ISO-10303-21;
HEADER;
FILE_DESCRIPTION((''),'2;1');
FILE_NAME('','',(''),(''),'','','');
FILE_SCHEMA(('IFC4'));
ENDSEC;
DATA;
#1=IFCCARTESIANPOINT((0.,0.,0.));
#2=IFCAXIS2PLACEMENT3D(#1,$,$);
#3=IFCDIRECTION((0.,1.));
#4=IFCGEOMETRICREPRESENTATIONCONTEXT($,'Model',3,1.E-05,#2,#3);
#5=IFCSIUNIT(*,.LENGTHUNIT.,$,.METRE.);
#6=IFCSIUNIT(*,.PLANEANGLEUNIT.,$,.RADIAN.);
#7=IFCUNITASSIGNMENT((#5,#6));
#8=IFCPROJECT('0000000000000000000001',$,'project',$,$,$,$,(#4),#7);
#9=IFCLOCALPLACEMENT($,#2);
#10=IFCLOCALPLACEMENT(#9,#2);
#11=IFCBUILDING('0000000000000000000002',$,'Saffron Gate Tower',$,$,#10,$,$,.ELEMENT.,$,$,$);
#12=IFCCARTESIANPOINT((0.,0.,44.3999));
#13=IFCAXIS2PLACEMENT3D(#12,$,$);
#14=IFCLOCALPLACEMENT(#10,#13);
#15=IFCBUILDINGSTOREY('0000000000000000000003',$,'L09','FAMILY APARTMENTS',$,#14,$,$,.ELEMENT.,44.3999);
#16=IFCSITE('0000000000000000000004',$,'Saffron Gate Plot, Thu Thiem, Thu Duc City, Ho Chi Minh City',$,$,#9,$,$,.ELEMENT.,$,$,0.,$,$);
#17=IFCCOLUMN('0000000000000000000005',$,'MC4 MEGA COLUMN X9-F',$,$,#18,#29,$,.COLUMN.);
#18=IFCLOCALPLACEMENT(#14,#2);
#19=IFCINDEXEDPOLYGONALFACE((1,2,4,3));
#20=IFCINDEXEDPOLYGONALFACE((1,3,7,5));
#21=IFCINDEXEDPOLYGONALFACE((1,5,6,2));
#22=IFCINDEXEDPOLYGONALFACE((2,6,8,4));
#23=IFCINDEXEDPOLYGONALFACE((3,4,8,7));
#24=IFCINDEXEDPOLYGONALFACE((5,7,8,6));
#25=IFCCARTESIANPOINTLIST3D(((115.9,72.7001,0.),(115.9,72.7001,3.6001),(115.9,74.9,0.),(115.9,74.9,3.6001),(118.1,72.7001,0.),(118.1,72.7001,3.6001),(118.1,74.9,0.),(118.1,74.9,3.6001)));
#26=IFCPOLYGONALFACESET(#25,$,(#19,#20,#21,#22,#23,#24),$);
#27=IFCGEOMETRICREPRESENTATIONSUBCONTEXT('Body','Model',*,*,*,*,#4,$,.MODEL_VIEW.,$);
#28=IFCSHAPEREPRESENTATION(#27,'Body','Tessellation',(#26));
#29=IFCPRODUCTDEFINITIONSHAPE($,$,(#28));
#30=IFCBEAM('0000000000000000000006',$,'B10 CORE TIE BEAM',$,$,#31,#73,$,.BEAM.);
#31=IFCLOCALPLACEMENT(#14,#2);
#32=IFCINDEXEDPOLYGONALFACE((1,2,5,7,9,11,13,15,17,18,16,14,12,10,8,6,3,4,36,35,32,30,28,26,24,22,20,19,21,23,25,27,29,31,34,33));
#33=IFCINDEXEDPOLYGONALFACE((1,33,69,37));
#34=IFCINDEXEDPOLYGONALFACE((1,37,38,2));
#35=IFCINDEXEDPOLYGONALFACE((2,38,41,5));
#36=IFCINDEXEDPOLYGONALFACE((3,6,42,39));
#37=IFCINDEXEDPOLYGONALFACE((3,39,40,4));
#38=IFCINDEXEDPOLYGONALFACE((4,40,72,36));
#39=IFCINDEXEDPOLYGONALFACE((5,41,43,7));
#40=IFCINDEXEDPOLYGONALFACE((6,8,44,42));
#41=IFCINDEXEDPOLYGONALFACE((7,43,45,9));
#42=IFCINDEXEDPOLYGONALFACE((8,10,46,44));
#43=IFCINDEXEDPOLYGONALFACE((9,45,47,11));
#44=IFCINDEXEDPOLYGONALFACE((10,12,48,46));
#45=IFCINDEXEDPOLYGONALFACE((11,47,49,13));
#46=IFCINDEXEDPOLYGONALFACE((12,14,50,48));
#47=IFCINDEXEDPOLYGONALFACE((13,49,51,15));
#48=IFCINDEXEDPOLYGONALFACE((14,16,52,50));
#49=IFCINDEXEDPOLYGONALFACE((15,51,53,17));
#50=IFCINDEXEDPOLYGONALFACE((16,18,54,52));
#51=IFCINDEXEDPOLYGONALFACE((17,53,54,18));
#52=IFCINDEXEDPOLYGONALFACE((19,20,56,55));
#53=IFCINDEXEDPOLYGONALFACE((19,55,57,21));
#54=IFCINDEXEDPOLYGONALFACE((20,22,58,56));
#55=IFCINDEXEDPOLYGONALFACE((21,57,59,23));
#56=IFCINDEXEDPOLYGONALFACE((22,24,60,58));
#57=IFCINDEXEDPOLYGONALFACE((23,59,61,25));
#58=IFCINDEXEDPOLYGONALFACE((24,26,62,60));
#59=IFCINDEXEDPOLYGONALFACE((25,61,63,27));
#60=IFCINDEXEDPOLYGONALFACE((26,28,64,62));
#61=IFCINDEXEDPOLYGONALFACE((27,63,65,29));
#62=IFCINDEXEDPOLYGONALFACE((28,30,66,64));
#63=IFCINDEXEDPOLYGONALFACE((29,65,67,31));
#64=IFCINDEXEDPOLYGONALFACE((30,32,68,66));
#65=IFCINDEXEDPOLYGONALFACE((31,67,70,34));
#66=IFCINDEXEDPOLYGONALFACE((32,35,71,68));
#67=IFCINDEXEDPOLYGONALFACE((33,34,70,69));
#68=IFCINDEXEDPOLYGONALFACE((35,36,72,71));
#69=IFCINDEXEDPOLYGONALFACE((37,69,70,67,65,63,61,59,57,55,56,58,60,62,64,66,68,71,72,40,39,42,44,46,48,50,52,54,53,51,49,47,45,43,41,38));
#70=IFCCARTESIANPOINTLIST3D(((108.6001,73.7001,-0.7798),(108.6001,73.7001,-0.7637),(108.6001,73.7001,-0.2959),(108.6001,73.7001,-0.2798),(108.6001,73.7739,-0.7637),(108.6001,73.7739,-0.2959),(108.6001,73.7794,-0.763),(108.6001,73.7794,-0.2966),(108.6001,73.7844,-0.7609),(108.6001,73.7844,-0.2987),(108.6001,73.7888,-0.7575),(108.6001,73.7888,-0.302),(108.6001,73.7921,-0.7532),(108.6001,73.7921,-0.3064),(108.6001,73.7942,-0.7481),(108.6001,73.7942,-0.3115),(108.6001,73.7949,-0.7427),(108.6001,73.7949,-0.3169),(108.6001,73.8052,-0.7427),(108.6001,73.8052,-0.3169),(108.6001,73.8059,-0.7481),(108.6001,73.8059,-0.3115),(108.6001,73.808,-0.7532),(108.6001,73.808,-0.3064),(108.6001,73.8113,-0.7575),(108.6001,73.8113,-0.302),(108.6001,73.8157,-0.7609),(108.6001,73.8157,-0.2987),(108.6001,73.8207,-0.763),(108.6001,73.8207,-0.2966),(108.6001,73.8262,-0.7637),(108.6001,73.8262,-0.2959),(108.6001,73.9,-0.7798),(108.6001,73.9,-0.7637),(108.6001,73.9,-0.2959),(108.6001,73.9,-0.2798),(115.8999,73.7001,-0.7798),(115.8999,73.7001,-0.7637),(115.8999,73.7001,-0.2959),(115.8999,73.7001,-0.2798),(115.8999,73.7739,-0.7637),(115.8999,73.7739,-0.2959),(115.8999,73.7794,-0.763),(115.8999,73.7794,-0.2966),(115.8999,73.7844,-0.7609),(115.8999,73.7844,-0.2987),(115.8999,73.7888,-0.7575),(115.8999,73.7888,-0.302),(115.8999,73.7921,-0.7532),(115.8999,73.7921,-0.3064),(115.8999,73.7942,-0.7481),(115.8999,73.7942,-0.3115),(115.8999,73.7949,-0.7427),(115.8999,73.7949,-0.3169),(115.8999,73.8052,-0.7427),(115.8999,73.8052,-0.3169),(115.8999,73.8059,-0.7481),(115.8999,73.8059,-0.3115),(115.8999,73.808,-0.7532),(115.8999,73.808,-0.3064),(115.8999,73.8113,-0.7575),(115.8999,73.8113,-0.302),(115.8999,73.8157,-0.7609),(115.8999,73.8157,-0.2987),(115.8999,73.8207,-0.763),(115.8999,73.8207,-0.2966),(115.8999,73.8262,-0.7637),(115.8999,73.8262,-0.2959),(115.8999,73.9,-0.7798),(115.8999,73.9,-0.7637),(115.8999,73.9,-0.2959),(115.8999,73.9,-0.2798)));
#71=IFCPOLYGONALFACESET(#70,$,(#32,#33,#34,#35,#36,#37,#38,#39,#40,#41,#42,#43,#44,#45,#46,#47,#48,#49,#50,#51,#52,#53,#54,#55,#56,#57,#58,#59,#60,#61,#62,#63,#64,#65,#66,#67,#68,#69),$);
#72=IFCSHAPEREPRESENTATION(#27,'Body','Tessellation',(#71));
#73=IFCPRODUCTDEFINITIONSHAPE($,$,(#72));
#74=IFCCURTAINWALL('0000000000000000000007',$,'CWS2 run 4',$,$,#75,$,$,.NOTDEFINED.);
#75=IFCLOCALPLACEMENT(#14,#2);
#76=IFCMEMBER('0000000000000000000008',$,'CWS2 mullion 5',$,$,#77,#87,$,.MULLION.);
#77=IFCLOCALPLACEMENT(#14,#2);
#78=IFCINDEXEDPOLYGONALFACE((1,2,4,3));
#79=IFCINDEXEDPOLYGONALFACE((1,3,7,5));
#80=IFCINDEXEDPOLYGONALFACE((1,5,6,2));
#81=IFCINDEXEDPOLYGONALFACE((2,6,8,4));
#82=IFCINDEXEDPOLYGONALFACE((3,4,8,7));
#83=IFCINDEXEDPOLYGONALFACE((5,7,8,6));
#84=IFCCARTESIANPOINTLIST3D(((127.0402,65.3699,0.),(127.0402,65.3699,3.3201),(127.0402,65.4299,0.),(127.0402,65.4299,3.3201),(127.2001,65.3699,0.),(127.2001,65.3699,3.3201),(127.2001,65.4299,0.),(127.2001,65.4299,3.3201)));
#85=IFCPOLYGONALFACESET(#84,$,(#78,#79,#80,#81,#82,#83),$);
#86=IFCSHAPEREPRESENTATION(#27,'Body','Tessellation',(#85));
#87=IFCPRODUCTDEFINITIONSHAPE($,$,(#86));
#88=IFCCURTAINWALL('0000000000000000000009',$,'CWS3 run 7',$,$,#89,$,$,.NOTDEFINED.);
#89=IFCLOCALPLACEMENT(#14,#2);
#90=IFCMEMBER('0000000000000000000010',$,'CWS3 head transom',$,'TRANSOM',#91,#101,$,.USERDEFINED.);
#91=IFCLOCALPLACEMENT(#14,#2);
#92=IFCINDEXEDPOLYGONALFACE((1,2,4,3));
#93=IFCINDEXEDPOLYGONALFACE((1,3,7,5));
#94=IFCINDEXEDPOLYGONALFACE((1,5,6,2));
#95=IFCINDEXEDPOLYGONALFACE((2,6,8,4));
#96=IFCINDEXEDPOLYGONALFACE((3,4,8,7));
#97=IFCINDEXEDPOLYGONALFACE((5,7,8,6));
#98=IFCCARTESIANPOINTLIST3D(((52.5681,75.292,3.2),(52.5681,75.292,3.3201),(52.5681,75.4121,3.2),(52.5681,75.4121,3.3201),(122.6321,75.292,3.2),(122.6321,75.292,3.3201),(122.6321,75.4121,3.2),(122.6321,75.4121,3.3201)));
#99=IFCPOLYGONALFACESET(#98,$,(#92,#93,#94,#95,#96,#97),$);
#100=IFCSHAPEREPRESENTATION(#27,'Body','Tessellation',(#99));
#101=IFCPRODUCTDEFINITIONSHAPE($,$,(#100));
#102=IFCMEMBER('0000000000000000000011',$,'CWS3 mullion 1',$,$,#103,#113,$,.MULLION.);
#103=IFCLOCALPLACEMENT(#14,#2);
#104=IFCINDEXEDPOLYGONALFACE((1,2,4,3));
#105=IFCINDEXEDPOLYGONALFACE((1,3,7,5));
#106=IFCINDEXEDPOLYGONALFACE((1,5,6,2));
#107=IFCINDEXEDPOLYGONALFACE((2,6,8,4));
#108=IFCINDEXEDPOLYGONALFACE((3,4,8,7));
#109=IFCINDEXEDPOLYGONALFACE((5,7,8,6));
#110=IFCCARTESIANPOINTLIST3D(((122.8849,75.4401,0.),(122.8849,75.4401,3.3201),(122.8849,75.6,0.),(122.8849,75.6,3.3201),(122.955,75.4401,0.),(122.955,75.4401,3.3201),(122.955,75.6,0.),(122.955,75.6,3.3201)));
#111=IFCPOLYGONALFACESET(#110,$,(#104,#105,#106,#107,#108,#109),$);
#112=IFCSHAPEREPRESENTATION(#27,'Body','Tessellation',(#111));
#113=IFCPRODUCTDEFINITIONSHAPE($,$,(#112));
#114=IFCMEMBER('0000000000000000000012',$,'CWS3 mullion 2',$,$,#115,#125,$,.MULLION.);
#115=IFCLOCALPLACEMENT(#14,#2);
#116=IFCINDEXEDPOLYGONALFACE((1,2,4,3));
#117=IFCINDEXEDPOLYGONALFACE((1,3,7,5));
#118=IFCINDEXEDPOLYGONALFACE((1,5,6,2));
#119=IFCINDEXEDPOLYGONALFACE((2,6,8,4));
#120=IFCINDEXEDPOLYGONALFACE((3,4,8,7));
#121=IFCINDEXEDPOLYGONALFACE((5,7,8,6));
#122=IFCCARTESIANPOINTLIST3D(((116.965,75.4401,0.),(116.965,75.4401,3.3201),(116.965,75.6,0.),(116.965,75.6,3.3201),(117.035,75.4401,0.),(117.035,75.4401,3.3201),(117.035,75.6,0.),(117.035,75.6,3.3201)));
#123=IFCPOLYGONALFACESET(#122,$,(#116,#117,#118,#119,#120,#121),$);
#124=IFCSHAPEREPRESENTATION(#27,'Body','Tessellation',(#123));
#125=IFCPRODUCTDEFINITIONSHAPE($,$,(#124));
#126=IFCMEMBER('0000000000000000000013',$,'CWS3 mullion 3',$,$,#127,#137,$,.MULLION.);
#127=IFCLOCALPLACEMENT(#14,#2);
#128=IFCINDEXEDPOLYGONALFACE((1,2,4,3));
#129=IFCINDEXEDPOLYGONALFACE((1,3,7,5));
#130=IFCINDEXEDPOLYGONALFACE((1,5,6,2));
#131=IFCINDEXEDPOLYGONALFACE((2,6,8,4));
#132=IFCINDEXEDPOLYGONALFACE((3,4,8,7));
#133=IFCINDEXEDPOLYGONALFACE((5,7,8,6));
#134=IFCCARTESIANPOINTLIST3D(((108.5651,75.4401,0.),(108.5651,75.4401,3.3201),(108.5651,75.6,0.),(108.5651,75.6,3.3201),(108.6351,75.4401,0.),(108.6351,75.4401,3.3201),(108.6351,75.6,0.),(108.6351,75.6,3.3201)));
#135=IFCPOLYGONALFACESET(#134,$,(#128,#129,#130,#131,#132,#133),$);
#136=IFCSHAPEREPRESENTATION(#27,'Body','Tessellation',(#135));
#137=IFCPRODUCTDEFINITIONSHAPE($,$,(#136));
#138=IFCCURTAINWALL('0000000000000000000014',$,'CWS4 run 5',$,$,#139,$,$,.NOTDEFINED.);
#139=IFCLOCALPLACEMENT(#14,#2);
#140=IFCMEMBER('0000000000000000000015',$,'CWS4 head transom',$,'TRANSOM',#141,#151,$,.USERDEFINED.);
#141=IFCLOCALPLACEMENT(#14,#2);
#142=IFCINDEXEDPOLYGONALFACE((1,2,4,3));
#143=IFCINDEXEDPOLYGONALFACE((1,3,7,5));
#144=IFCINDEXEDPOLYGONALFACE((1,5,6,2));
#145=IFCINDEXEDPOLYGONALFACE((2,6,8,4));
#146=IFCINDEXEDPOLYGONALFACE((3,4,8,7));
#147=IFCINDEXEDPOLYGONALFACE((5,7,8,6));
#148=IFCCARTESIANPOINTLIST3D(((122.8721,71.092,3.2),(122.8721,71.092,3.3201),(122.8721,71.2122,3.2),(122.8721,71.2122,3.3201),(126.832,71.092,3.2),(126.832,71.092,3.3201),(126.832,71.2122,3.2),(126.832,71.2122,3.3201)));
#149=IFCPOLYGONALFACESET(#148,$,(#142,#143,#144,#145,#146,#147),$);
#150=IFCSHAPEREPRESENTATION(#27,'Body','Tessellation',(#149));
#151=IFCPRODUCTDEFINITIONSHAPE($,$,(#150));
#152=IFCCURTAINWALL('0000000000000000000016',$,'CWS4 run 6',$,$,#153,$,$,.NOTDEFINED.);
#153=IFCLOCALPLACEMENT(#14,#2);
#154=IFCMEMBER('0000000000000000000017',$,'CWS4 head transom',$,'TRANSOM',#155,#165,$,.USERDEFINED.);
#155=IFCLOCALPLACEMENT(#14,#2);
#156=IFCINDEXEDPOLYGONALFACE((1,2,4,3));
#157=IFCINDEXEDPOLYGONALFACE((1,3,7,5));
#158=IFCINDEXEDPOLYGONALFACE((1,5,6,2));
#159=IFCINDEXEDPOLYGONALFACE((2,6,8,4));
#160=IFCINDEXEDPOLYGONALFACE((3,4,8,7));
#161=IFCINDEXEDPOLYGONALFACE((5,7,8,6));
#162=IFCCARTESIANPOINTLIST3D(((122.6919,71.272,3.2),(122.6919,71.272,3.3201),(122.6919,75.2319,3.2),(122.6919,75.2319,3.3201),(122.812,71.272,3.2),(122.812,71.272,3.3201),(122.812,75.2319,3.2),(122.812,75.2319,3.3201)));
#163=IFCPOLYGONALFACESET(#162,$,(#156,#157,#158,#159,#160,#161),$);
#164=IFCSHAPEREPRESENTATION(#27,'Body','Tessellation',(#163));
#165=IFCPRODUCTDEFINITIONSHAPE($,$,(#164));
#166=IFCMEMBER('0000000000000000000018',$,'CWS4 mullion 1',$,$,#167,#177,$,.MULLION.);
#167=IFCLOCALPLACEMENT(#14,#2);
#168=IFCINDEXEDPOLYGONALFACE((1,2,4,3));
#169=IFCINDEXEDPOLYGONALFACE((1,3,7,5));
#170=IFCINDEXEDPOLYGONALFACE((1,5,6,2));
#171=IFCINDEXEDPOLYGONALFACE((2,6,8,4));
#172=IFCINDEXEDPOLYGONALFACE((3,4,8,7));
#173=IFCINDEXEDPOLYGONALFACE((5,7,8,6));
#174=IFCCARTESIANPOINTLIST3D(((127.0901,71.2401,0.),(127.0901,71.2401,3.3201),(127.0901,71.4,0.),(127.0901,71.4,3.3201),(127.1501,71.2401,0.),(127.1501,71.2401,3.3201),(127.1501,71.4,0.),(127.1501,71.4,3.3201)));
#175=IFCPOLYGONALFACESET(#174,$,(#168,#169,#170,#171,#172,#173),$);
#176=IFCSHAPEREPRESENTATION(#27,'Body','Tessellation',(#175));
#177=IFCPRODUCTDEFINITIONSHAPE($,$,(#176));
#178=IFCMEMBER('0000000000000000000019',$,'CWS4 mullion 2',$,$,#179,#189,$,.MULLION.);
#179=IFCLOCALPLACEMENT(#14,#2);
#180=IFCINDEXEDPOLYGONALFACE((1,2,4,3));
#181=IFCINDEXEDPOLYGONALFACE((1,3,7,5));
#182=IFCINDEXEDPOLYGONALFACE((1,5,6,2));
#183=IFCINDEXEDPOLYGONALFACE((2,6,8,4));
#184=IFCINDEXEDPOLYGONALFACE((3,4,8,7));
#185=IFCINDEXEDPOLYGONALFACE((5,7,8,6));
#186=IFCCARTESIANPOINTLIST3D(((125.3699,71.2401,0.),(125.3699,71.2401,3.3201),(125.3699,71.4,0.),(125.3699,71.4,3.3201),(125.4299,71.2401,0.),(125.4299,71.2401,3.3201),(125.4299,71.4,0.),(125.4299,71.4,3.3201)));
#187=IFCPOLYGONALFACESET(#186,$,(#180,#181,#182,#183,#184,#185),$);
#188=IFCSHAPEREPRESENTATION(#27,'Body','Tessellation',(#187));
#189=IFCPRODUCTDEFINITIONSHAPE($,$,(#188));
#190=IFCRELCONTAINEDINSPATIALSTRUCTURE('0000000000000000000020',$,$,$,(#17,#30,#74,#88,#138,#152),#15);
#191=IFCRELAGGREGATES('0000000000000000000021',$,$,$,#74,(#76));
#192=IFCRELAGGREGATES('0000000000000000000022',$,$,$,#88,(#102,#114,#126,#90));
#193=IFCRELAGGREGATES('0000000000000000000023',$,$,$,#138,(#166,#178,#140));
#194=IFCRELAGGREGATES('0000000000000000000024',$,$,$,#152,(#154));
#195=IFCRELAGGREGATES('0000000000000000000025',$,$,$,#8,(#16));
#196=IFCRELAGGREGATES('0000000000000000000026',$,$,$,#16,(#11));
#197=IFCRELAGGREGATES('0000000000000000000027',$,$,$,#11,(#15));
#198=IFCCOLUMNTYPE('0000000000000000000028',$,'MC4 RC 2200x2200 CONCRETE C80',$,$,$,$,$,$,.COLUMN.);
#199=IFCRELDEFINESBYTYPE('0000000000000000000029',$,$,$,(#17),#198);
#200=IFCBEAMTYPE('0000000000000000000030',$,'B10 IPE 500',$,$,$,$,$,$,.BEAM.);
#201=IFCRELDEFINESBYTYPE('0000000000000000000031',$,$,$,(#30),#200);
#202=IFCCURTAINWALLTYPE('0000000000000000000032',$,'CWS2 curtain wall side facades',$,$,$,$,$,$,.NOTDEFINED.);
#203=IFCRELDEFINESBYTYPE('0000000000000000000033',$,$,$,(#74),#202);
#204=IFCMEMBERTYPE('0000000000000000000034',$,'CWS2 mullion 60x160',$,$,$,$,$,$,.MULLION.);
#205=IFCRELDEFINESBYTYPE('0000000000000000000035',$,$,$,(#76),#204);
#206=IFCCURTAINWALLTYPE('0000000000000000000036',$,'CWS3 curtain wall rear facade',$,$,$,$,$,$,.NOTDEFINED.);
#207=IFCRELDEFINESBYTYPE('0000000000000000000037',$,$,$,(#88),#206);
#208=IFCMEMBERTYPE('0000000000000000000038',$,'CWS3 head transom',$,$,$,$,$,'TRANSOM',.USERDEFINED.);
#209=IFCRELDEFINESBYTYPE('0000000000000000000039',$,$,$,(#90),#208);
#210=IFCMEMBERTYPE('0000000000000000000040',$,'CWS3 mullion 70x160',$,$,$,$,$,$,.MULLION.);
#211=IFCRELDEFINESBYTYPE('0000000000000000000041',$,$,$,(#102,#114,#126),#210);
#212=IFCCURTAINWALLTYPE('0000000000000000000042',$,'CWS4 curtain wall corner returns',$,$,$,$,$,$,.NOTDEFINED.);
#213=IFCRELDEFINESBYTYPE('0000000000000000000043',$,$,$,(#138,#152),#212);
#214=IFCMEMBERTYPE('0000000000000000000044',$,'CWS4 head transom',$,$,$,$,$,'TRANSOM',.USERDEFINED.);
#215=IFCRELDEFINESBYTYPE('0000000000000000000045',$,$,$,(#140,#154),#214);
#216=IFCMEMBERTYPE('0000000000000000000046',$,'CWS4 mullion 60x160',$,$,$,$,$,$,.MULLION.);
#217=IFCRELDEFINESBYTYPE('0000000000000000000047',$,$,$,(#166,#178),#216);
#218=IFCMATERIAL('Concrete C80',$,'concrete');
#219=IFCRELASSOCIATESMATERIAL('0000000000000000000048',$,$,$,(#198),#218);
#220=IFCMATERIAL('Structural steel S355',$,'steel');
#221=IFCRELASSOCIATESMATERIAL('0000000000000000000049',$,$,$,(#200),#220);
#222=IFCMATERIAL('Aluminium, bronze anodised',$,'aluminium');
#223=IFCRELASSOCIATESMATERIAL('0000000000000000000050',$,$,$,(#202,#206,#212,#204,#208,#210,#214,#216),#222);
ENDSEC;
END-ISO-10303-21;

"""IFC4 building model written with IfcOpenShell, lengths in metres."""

from ifc_helpers import new_model, si_unit, direction, frame, origin, origin_2d, place, context, subcontext, project, spatial, rectangle, i_section, extrude, material, material_profile, profile_set, type_object, element, aggregate, save


model = new_model("IFC4")

# Units and contexts
model_context = context("Model", 3, precision=1e-05, world=origin(), true_north=direction((0.0, 1.0)))
body_context = subcontext(model_context, "Body", "Model", "MODEL_VIEW")
ifc_project = project(units=[si_unit("LENGTHUNIT", "METRE"), si_unit("PLANEANGLEUNIT", "RADIAN")], contexts=[model_context])

# Site, building, storey
site_placement = place(None, origin())
site = spatial("IfcSite", under=ifc_project, at=site_placement, Name="Saffron Gate Plot, Thu Thiem, Thu Duc City, Ho Chi Minh City", CompositionType="ELEMENT", RefElevation=0.0)
building_placement = place(site_placement, origin())
building = spatial("IfcBuilding", under=site, at=building_placement, Name="Saffron Gate Tower", CompositionType="ELEMENT")
storey_placement = place(building_placement, frame((0.0, 0.0, 44.3999)))
storey = spatial("IfcBuildingStorey", under=building, at=storey_placement, Name="L09", Description="FAMILY APARTMENTS", CompositionType="ELEMENT", Elevation=44.3999)

# Column
ifc_material_1 = material(Name="Concrete C80", Category="concrete")
ifc_material_profile_1 = material_profile(ifc_material_1, rectangle(XDim=2.2, YDim=2.2, at=origin_2d()))
ifc_profile_set_1 = profile_set([ifc_material_profile_1], Name="Concrete C80")
column_type = type_object("IfcColumnType", Name="MC4 RC 2200x2200 CONCRETE C80", PredefinedType="COLUMN", material=ifc_profile_set_1)
column_placement = place(storey_placement, frame((117.0, 73.8, 0.0), z_axis=(0.0, 0.0, 1.0), x_axis=(1.0, 0.0, 0.0)))
element("IfcColumn", 1, at=column_placement, inside=storey, type_object=column_type, Name="MC4 MEGA COLUMN X9-F", PredefinedType="COLUMN", context=body_context, shape_type="SweptSolid", body=[
    extrude(rectangle(XDim=2.2, YDim=2.2, at=origin_2d()), origin(), (0.0, 0.0, 1.0), 3.6001),
])

# Beam
ifc_material_2 = material(Name="Structural steel S355", Category="steel")
ifc_material_profile_2 = material_profile(ifc_material_2, i_section(OverallWidth=0.2, OverallDepth=0.5, WebThickness=0.0103, FlangeThickness=0.0161, FilletRadius=0.021, at=origin_2d()))
ifc_profile_set_2 = profile_set([ifc_material_profile_2], Name="Structural steel S355")
beam_type = type_object("IfcBeamType", Name="B10 IPE 500", PredefinedType="BEAM", material=ifc_profile_set_2)
beam_placement = place(storey_placement, frame((115.8999, 73.8, -0.5298), z_axis=(-1.0, 0.0, 0.0), x_axis=(0.0, -1.0, 0.0)))
element("IfcBeam", 2, at=beam_placement, inside=storey, type_object=beam_type, Name="B10 CORE TIE BEAM", PredefinedType="BEAM", context=body_context, shape_type="SweptSolid", body=[
    extrude(i_section(OverallWidth=0.2, OverallDepth=0.5, WebThickness=0.0103, FlangeThickness=0.0161, FilletRadius=0.021, at=origin_2d()), origin(), (0.0, 0.0, 1.0), 7.2998),
])

# Curtain wall, member
ifc_material_3 = material(Name="Aluminium, bronze anodised", Category="aluminium")
curtain_wall_type_1 = type_object("IfcCurtainWallType", Name="CWS2 curtain wall side facades", PredefinedType="NOTDEFINED", material=ifc_material_3)
curtain_wall_1_placement = place(storey_placement, origin())
curtain_wall_1 = element("IfcCurtainWall", 3, at=curtain_wall_1_placement, inside=storey, type_object=curtain_wall_type_1, Name="CWS2 run 4", PredefinedType="NOTDEFINED")
ifc_material_profile_3 = material_profile(ifc_material_3, rectangle(XDim=0.1599, YDim=0.0601, at=origin_2d()))
ifc_profile_set_3 = profile_set([ifc_material_profile_3], Name="Aluminium, bronze anodised")
member_type_1 = type_object("IfcMemberType", Name="CWS2 mullion 60x160", PredefinedType="MULLION", material=ifc_profile_set_3)
member_1_placement = place(storey_placement, frame((127.1201, 65.3999, 0.0), z_axis=(0.0, 0.0, 1.0), x_axis=(-1.0, 0.0, 0.0)))
member_1 = element("IfcMember", 4, at=member_1_placement, type_object=member_type_1, Name="CWS2 mullion 5", PredefinedType="MULLION", context=body_context, shape_type="SweptSolid", body=[
    extrude(rectangle(XDim=0.1599, YDim=0.0601, at=origin_2d()), origin(), (0.0, 0.0, 1.0), 3.3201),
])
aggregate(curtain_wall_1, [member_1])

# Curtain wall, members
curtain_wall_type_2 = type_object("IfcCurtainWallType", Name="CWS3 curtain wall rear facade", PredefinedType="NOTDEFINED", material=ifc_material_3)
curtain_wall_2_placement = place(storey_placement, origin())
curtain_wall_2 = element("IfcCurtainWall", 5, at=curtain_wall_2_placement, inside=storey, type_object=curtain_wall_type_2, Name="CWS3 run 7", PredefinedType="NOTDEFINED")
ifc_material_profile_4 = material_profile(ifc_material_3, rectangle(XDim=0.1201, YDim=0.1201, at=origin_2d()))
ifc_profile_set_4 = profile_set([ifc_material_profile_4], Name="Aluminium, bronze anodised")
member_type_2 = type_object("IfcMemberType", Name="CWS3 head transom", ElementType="TRANSOM", PredefinedType="USERDEFINED", material=ifc_profile_set_4)
member_2_placement = place(storey_placement, frame((122.6321, 75.3521, 3.26), z_axis=(-1.0, 0.0, 0.0), x_axis=(0.0, -1.0, 0.0)))
member_2 = element("IfcMember", 6, at=member_2_placement, type_object=member_type_2, Name="CWS3 head transom", ObjectType="TRANSOM", PredefinedType="USERDEFINED", context=body_context, shape_type="SweptSolid", body=[
    extrude(rectangle(XDim=0.1201, YDim=0.1201, at=origin_2d()), origin(), (0.0, 0.0, 1.0), 70.064),
])
ifc_material_profile_5 = material_profile(ifc_material_3, rectangle(XDim=0.1599, YDim=0.0701, at=origin_2d()))
ifc_profile_set_5 = profile_set([ifc_material_profile_5], Name="Aluminium, bronze anodised")
member_type_3 = type_object("IfcMemberType", Name="CWS3 mullion 70x160", PredefinedType="MULLION", material=ifc_profile_set_5)
member_3_placement = place(storey_placement, frame((122.9199, 75.52, 0.0), z_axis=(0.0, 0.0, 1.0), x_axis=(0.0, -1.0, 0.0)))
member_3 = element("IfcMember", 7, at=member_3_placement, type_object=member_type_3, Name="CWS3 mullion 1", PredefinedType="MULLION", context=body_context, shape_type="SweptSolid", body=[
    extrude(rectangle(XDim=0.1599, YDim=0.0701, at=origin_2d()), origin(), (0.0, 0.0, 1.0), 3.3201),
])
member_4_placement = place(storey_placement, frame((117.0, 75.52, 0.0), z_axis=(0.0, 0.0, 1.0), x_axis=(0.0, -1.0, 0.0)))
member_4 = element("IfcMember", 8, at=member_4_placement, type_object=member_type_3, Name="CWS3 mullion 2", PredefinedType="MULLION", context=body_context, shape_type="SweptSolid", body=[
    extrude(rectangle(XDim=0.1599, YDim=0.0701, at=origin_2d()), origin(), (0.0, 0.0, 1.0), 3.3201),
])
member_5_placement = place(storey_placement, frame((108.6001, 75.52, 0.0), z_axis=(0.0, 0.0, 1.0), x_axis=(0.0, -1.0, 0.0)))
member_5 = element("IfcMember", 9, at=member_5_placement, type_object=member_type_3, Name="CWS3 mullion 3", PredefinedType="MULLION", context=body_context, shape_type="SweptSolid", body=[
    extrude(rectangle(XDim=0.1599, YDim=0.0701, at=origin_2d()), origin(), (0.0, 0.0, 1.0), 3.3201),
])

# Curtain walls, members
curtain_wall_type_3 = type_object("IfcCurtainWallType", Name="CWS4 curtain wall corner returns", PredefinedType="NOTDEFINED", material=ifc_material_3)
curtain_wall_3_placement = place(storey_placement, origin())
curtain_wall_3 = element("IfcCurtainWall", 10, at=curtain_wall_3_placement, inside=storey, type_object=curtain_wall_type_3, Name="CWS4 run 5", PredefinedType="NOTDEFINED")
ifc_material_profile_6 = material_profile(ifc_material_3, rectangle(XDim=0.1201, YDim=0.1201, at=origin_2d()))
ifc_profile_set_6 = profile_set([ifc_material_profile_6], Name="Aluminium, bronze anodised")
member_type_4 = type_object("IfcMemberType", Name="CWS4 head transom", ElementType="TRANSOM", PredefinedType="USERDEFINED", material=ifc_profile_set_6)
member_6_placement = place(storey_placement, frame((126.832, 71.1521, 3.26), z_axis=(-1.0, 0.0, 0.0), x_axis=(0.0, -1.0, 0.0)))
member_6 = element("IfcMember", 11, at=member_6_placement, type_object=member_type_4, Name="CWS4 head transom", ObjectType="TRANSOM", PredefinedType="USERDEFINED", context=body_context, shape_type="SweptSolid", body=[
    extrude(rectangle(XDim=0.1201, YDim=0.1201, at=origin_2d()), origin(), (0.0, 0.0, 1.0), 3.96),
])
curtain_wall_4_placement = place(storey_placement, origin())
curtain_wall_4 = element("IfcCurtainWall", 12, at=curtain_wall_4_placement, inside=storey, type_object=curtain_wall_type_3, Name="CWS4 run 6", PredefinedType="NOTDEFINED")
member_7_placement = place(storey_placement, frame((122.752, 71.272, 3.26), z_axis=(0.0, 1.0, 0.0), x_axis=(-1.0, 0.0, 0.0)))
member_7 = element("IfcMember", 13, at=member_7_placement, type_object=member_type_4, Name="CWS4 head transom", ObjectType="TRANSOM", PredefinedType="USERDEFINED", context=body_context, shape_type="SweptSolid", body=[
    extrude(rectangle(XDim=0.1201, YDim=0.1201, at=origin_2d()), origin(), (0.0, 0.0, 1.0), 3.96),
])

# Members
ifc_material_profile_7 = material_profile(ifc_material_3, rectangle(XDim=0.1599, YDim=0.0601, at=origin_2d()))
ifc_profile_set_7 = profile_set([ifc_material_profile_7], Name="Aluminium, bronze anodised")
member_type_5 = type_object("IfcMemberType", Name="CWS4 mullion 60x160", PredefinedType="MULLION", material=ifc_profile_set_7)
member_8_placement = place(storey_placement, frame((127.1201, 71.3201, 0.0), z_axis=(0.0, 0.0, 1.0), x_axis=(0.0, -1.0, 0.0)))
member_8 = element("IfcMember", 14, at=member_8_placement, type_object=member_type_5, Name="CWS4 mullion 1", PredefinedType="MULLION", context=body_context, shape_type="SweptSolid", body=[
    extrude(rectangle(XDim=0.1599, YDim=0.0601, at=origin_2d()), origin(), (0.0, 0.0, 1.0), 3.3201),
])
member_9_placement = place(storey_placement, frame((125.3999, 71.3201, 0.0), z_axis=(0.0, 0.0, 1.0), x_axis=(0.0, -1.0, 0.0)))
member_9 = element("IfcMember", 15, at=member_9_placement, type_object=member_type_5, Name="CWS4 mullion 2", PredefinedType="MULLION", context=body_context, shape_type="SweptSolid", body=[
    extrude(rectangle(XDim=0.1599, YDim=0.0601, at=origin_2d()), origin(), (0.0, 0.0, 1.0), 3.3201),
])

aggregate(curtain_wall_2, [member_3, member_4, member_5, member_2])

aggregate(curtain_wall_3, [member_8, member_9, member_6])
aggregate(curtain_wall_4, [member_7])

save(model, "model.ifc")
